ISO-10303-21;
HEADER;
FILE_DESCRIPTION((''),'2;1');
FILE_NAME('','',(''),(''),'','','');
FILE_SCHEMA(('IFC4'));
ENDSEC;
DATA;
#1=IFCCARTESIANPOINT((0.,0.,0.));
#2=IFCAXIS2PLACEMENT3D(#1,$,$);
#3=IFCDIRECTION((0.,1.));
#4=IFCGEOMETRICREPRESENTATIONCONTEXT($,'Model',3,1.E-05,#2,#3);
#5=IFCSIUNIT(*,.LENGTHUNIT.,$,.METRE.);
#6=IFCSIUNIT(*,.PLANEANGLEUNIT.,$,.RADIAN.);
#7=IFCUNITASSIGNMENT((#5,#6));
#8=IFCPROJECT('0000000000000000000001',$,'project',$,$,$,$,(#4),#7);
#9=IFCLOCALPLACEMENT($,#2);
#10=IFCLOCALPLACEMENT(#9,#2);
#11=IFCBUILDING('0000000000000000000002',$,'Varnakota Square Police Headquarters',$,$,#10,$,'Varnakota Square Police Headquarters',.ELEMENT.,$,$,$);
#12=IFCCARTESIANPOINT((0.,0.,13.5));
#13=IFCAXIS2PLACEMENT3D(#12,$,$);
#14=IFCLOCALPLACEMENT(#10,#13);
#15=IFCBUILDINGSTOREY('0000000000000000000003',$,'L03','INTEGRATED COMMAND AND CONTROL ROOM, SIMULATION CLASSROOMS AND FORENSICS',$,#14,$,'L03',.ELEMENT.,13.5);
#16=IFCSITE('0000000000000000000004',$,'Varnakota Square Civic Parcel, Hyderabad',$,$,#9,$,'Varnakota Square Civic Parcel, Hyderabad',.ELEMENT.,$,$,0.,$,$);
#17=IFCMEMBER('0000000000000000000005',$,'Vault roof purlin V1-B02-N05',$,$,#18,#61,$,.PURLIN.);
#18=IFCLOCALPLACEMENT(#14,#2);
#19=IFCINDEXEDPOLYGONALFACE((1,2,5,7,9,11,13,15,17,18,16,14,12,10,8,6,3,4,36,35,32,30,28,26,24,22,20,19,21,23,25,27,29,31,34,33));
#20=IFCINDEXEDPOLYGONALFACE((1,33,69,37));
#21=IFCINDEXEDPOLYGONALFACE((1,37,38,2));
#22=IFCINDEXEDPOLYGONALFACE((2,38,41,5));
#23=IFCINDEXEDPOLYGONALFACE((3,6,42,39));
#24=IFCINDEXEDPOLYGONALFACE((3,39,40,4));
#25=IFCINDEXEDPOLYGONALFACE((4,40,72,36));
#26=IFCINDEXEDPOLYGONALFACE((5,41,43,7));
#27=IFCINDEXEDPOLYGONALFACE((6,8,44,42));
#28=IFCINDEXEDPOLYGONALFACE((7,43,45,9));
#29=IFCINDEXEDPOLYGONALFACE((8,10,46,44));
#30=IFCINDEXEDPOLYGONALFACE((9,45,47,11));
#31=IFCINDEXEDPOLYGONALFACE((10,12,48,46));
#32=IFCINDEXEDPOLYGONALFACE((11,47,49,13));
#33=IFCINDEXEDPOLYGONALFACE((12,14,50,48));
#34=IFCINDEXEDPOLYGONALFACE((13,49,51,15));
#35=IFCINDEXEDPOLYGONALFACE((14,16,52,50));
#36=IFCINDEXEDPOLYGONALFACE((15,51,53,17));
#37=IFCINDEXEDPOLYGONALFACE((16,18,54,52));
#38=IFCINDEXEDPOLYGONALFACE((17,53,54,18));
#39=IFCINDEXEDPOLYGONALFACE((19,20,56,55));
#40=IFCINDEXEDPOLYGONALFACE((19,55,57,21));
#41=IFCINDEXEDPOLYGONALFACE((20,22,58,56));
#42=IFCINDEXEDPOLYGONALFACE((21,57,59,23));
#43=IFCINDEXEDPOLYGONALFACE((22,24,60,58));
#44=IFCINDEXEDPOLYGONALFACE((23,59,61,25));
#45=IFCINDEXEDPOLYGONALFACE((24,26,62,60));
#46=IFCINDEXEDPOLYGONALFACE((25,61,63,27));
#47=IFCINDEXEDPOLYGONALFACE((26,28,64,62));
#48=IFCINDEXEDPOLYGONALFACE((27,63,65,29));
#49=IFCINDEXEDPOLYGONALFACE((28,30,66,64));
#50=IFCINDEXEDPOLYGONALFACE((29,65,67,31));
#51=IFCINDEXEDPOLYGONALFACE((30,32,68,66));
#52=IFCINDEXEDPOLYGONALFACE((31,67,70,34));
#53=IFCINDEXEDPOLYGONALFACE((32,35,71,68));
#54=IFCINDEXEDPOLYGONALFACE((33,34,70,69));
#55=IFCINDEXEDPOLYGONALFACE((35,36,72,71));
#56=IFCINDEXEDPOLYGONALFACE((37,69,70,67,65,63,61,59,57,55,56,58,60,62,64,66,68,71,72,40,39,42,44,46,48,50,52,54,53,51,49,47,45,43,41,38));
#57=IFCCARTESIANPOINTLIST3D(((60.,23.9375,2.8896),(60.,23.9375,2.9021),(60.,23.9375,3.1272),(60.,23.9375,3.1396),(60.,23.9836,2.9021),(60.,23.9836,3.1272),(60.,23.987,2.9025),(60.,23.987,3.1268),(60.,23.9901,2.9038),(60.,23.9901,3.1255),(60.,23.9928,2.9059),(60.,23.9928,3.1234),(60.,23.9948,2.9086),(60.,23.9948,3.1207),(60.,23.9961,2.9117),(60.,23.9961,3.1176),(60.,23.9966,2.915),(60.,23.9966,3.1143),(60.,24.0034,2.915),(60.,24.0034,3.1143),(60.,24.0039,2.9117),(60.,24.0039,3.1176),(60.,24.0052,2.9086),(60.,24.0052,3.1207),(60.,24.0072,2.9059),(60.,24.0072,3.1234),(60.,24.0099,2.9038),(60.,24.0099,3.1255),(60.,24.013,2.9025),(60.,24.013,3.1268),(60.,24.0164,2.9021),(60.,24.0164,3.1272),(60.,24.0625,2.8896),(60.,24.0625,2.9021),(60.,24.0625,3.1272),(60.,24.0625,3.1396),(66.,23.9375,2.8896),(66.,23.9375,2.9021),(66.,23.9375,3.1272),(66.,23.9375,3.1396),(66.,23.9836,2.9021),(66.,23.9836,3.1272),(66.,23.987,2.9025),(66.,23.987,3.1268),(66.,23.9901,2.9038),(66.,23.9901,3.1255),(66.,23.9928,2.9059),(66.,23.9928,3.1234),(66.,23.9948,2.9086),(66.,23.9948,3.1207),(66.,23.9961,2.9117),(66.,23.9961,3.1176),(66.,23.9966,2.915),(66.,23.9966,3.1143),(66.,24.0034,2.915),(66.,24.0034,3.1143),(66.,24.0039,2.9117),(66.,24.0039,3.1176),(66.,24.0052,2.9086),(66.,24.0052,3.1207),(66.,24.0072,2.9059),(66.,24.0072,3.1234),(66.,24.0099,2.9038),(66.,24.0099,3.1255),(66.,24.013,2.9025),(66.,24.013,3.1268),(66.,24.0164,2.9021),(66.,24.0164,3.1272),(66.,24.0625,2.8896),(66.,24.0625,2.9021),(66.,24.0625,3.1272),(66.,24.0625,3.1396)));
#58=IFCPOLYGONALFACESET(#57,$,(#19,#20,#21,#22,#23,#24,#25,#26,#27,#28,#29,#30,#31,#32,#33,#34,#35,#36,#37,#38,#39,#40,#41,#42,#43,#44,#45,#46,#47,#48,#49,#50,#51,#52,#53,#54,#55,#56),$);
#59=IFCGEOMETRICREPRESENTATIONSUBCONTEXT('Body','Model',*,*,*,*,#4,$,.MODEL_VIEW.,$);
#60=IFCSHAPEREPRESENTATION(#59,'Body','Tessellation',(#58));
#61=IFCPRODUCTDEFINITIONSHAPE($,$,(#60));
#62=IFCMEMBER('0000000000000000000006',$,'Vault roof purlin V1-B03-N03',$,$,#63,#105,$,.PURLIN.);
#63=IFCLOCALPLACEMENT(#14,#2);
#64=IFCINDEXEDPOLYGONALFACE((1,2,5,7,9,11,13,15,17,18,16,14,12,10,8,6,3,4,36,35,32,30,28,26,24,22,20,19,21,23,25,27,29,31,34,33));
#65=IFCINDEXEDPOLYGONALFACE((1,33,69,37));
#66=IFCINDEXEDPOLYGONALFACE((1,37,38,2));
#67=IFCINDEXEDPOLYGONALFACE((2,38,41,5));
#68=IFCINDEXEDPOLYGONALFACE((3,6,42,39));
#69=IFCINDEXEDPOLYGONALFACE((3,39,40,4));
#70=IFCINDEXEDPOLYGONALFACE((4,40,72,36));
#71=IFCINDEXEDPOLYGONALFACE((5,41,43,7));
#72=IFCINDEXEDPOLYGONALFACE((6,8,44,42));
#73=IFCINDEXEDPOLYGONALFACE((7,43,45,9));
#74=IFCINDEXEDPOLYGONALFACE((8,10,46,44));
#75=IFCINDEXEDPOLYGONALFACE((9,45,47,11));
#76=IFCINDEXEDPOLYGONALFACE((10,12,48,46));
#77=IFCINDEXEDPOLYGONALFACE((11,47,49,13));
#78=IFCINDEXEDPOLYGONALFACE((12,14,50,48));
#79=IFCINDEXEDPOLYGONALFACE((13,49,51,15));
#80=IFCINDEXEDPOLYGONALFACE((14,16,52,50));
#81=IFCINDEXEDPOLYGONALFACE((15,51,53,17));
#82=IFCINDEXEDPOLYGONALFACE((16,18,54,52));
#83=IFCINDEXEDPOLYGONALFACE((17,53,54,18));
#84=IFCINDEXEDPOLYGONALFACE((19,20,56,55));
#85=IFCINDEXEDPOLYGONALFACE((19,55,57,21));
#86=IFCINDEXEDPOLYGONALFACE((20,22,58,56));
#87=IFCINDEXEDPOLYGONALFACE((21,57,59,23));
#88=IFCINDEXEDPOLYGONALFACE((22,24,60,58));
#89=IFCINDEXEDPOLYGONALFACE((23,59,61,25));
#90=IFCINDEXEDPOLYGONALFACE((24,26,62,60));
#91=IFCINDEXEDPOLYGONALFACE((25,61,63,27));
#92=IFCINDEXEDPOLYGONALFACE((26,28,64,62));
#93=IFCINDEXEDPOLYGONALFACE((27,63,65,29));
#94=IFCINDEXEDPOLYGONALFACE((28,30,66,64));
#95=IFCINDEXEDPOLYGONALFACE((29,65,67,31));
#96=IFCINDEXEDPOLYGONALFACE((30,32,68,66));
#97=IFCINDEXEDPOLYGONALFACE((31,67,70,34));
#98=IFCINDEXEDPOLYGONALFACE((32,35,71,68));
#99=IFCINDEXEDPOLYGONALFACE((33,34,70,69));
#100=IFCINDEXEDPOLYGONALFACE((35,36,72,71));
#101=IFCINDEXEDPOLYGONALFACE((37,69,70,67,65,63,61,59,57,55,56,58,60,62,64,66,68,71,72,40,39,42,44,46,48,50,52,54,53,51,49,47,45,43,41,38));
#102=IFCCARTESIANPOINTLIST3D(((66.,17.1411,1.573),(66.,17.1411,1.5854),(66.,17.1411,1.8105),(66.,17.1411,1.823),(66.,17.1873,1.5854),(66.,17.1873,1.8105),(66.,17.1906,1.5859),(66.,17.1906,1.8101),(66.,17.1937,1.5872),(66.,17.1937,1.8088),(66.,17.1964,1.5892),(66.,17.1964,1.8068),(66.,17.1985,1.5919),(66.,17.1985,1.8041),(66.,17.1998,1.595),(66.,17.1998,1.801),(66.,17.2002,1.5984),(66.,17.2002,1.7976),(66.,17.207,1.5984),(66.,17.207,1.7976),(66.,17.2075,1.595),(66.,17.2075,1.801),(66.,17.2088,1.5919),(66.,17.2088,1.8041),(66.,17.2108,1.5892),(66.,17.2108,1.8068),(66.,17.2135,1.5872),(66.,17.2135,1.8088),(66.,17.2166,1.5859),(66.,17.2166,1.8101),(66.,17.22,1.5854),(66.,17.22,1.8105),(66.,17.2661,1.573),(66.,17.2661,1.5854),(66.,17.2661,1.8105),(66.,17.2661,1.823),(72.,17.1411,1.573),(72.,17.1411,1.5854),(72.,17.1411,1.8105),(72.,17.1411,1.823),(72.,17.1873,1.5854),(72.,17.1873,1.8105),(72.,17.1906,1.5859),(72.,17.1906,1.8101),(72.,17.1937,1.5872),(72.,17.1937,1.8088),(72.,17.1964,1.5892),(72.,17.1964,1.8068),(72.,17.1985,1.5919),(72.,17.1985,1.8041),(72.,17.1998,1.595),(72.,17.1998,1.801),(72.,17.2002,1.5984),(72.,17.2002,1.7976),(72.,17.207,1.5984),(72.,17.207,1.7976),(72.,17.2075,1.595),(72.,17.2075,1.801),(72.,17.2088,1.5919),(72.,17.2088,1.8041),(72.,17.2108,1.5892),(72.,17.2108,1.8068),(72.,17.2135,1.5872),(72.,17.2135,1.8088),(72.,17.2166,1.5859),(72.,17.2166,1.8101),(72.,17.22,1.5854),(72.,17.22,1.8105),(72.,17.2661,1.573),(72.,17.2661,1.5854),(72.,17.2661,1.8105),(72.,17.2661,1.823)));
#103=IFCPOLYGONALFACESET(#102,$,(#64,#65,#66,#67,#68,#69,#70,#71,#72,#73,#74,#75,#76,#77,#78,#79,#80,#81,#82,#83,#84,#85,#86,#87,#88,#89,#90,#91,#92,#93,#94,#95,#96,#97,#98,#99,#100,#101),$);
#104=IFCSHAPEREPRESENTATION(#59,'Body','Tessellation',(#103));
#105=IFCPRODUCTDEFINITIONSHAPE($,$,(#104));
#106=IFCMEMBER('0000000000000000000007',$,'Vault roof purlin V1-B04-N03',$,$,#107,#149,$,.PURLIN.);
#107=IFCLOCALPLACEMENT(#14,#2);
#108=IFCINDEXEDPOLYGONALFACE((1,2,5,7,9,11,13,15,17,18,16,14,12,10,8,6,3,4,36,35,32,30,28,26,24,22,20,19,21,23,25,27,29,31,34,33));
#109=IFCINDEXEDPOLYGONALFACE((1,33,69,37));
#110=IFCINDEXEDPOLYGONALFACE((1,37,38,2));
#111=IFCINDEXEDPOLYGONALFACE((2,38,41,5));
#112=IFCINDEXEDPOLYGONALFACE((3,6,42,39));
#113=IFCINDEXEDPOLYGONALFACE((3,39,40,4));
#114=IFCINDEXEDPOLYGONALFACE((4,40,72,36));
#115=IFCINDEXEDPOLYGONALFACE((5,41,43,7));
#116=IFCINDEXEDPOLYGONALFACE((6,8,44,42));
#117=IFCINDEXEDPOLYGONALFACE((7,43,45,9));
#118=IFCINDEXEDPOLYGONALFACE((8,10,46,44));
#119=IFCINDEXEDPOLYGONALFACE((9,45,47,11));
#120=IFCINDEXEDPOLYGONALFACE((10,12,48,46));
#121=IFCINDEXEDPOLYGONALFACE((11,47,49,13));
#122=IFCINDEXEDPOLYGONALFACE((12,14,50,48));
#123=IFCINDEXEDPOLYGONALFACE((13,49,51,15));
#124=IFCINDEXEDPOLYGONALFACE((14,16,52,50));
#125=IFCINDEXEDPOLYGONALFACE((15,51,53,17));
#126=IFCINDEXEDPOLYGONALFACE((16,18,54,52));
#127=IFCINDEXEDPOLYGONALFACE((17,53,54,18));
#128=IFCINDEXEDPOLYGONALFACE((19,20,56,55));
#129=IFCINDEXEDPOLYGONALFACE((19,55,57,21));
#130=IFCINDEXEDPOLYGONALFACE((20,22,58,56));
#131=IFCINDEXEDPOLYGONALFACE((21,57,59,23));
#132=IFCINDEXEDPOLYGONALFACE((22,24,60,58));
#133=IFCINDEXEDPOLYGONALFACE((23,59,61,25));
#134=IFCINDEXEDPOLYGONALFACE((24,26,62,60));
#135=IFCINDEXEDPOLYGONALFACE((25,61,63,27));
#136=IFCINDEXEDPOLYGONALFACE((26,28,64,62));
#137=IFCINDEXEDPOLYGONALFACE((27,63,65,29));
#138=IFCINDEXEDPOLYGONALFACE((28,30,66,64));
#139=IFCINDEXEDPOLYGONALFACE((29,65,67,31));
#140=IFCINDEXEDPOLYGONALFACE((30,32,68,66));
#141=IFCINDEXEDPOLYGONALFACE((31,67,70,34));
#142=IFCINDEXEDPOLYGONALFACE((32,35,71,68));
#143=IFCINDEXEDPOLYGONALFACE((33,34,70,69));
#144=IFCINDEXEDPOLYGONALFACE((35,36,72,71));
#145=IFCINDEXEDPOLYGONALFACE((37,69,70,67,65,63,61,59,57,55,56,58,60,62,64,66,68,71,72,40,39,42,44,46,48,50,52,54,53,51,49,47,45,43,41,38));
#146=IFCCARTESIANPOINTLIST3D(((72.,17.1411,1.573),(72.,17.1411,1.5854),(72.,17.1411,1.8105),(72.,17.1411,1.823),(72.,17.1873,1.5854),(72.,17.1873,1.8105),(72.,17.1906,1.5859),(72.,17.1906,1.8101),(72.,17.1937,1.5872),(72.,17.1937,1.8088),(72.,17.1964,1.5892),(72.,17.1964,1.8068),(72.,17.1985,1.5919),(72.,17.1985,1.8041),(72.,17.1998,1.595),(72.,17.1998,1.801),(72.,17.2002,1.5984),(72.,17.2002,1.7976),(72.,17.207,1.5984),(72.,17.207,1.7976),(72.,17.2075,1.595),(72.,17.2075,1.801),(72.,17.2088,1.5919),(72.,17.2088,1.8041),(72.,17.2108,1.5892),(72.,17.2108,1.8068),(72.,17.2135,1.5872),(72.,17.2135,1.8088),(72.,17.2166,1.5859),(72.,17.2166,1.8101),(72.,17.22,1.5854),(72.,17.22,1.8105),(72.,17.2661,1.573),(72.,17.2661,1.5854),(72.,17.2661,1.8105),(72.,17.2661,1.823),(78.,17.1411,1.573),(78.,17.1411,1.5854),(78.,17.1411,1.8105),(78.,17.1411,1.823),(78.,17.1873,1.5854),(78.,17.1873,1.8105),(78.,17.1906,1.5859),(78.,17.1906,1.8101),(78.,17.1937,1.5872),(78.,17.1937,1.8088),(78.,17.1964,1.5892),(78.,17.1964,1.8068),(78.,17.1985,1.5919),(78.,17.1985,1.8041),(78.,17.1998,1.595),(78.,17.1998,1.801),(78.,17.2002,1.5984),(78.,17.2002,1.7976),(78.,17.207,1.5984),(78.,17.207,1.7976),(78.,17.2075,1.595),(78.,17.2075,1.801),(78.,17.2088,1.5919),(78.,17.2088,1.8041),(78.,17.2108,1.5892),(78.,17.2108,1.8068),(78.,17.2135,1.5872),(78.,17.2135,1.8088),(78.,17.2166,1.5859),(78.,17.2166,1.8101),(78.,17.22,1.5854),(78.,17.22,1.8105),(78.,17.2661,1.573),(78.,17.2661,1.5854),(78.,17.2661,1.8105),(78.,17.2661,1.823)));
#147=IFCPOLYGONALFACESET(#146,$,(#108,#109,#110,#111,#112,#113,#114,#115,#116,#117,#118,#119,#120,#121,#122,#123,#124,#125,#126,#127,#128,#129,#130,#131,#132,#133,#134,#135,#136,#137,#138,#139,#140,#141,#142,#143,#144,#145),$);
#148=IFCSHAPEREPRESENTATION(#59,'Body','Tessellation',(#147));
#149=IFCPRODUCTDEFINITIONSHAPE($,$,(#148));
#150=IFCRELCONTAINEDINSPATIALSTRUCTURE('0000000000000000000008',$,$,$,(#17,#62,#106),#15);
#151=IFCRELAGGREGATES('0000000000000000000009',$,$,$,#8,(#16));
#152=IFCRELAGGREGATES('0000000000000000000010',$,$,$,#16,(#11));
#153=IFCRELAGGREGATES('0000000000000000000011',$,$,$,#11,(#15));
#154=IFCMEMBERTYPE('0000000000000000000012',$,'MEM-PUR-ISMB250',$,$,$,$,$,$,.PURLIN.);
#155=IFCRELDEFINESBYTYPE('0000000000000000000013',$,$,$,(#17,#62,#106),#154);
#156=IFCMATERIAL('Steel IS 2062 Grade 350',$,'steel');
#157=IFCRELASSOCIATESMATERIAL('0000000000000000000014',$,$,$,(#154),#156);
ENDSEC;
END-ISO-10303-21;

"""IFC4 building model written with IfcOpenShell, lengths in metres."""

from ifc_helpers import new_model, si_unit, direction, frame, origin, origin_2d, place, context, subcontext, project, spatial, i_section, extrude, material, material_profile, profile_set, type_object, element, save


model = new_model("IFC4")

# Units and contexts
model_context = context("Model", 3, precision=1e-05, world=origin(), true_north=direction((0.0, 1.0)))
body_context = subcontext(model_context, "Body", "Model", "MODEL_VIEW")
ifc_project = project(units=[si_unit("LENGTHUNIT", "METRE"), si_unit("PLANEANGLEUNIT", "RADIAN")], contexts=[model_context])

# Site, building, storey
site_placement = place(None, origin())
site = spatial("IfcSite", under=ifc_project, at=site_placement, Name="Varnakota Square Civic Parcel, Hyderabad", LongName="Varnakota Square Civic Parcel, Hyderabad", CompositionType="ELEMENT", RefElevation=0.0)
building_placement = place(site_placement, origin())
building = spatial("IfcBuilding", under=site, at=building_placement, Name="Varnakota Square Police Headquarters", LongName="Varnakota Square Police Headquarters", CompositionType="ELEMENT")
storey_placement = place(building_placement, frame((0.0, 0.0, 13.5)))
storey = spatial("IfcBuildingStorey", under=building, at=storey_placement, Name="L03", Description="INTEGRATED COMMAND AND CONTROL ROOM, SIMULATION CLASSROOMS AND FORENSICS", LongName="L03", CompositionType="ELEMENT", Elevation=13.5)

# Shared definitions
ifc_material_1 = material(Name="Steel IS 2062 Grade 350", Category="steel")

# Members
ifc_material_profile_1 = material_profile(ifc_material_1, i_section(OverallWidth=0.125, OverallDepth=0.25, WebThickness=0.0068, FlangeThickness=0.0125, FilletRadius=0.0129, at=origin_2d()), Name="ISMB 250")
ifc_profile_set_1 = profile_set([ifc_material_profile_1], Name="Steel IS 2062 Grade 350")
member_type_1 = type_object("IfcMemberType", Name="MEM-PUR-ISMB250", PredefinedType="PURLIN", material=ifc_profile_set_1)
for number, where, z_axis, x_axis, name in (
    (1, (60.0, 24.0, 3.0146), (1.0, 0.0, 0.0), (0.0, 1.0, 0.0), "Vault roof purlin V1-B02-N05"),
    (2, (66.0, 17.2036, 1.698), (1.0, 0.0, 0.0), (0.0, 1.0, 0.0), "Vault roof purlin V1-B03-N03"),
    (3, (72.0, 17.2036, 1.698), (1.0, 0.0, 0.0), (0.0, 1.0, 0.0), "Vault roof purlin V1-B04-N03"),
):
    element("IfcMember", number, at=place(storey_placement, frame(where, z_axis=z_axis, x_axis=x_axis)), inside=storey, type_object=member_type_1, Name=name, PredefinedType="PURLIN", context=body_context, shape_type="SweptSolid", body=[
        extrude(i_section(OverallWidth=0.125, OverallDepth=0.25, WebThickness=0.0068, FlangeThickness=0.0125, FilletRadius=0.0129, at=origin_2d()), origin(), (0.0, 0.0, 1.0), 6.0),
    ])

save(model, "model.ifc")
